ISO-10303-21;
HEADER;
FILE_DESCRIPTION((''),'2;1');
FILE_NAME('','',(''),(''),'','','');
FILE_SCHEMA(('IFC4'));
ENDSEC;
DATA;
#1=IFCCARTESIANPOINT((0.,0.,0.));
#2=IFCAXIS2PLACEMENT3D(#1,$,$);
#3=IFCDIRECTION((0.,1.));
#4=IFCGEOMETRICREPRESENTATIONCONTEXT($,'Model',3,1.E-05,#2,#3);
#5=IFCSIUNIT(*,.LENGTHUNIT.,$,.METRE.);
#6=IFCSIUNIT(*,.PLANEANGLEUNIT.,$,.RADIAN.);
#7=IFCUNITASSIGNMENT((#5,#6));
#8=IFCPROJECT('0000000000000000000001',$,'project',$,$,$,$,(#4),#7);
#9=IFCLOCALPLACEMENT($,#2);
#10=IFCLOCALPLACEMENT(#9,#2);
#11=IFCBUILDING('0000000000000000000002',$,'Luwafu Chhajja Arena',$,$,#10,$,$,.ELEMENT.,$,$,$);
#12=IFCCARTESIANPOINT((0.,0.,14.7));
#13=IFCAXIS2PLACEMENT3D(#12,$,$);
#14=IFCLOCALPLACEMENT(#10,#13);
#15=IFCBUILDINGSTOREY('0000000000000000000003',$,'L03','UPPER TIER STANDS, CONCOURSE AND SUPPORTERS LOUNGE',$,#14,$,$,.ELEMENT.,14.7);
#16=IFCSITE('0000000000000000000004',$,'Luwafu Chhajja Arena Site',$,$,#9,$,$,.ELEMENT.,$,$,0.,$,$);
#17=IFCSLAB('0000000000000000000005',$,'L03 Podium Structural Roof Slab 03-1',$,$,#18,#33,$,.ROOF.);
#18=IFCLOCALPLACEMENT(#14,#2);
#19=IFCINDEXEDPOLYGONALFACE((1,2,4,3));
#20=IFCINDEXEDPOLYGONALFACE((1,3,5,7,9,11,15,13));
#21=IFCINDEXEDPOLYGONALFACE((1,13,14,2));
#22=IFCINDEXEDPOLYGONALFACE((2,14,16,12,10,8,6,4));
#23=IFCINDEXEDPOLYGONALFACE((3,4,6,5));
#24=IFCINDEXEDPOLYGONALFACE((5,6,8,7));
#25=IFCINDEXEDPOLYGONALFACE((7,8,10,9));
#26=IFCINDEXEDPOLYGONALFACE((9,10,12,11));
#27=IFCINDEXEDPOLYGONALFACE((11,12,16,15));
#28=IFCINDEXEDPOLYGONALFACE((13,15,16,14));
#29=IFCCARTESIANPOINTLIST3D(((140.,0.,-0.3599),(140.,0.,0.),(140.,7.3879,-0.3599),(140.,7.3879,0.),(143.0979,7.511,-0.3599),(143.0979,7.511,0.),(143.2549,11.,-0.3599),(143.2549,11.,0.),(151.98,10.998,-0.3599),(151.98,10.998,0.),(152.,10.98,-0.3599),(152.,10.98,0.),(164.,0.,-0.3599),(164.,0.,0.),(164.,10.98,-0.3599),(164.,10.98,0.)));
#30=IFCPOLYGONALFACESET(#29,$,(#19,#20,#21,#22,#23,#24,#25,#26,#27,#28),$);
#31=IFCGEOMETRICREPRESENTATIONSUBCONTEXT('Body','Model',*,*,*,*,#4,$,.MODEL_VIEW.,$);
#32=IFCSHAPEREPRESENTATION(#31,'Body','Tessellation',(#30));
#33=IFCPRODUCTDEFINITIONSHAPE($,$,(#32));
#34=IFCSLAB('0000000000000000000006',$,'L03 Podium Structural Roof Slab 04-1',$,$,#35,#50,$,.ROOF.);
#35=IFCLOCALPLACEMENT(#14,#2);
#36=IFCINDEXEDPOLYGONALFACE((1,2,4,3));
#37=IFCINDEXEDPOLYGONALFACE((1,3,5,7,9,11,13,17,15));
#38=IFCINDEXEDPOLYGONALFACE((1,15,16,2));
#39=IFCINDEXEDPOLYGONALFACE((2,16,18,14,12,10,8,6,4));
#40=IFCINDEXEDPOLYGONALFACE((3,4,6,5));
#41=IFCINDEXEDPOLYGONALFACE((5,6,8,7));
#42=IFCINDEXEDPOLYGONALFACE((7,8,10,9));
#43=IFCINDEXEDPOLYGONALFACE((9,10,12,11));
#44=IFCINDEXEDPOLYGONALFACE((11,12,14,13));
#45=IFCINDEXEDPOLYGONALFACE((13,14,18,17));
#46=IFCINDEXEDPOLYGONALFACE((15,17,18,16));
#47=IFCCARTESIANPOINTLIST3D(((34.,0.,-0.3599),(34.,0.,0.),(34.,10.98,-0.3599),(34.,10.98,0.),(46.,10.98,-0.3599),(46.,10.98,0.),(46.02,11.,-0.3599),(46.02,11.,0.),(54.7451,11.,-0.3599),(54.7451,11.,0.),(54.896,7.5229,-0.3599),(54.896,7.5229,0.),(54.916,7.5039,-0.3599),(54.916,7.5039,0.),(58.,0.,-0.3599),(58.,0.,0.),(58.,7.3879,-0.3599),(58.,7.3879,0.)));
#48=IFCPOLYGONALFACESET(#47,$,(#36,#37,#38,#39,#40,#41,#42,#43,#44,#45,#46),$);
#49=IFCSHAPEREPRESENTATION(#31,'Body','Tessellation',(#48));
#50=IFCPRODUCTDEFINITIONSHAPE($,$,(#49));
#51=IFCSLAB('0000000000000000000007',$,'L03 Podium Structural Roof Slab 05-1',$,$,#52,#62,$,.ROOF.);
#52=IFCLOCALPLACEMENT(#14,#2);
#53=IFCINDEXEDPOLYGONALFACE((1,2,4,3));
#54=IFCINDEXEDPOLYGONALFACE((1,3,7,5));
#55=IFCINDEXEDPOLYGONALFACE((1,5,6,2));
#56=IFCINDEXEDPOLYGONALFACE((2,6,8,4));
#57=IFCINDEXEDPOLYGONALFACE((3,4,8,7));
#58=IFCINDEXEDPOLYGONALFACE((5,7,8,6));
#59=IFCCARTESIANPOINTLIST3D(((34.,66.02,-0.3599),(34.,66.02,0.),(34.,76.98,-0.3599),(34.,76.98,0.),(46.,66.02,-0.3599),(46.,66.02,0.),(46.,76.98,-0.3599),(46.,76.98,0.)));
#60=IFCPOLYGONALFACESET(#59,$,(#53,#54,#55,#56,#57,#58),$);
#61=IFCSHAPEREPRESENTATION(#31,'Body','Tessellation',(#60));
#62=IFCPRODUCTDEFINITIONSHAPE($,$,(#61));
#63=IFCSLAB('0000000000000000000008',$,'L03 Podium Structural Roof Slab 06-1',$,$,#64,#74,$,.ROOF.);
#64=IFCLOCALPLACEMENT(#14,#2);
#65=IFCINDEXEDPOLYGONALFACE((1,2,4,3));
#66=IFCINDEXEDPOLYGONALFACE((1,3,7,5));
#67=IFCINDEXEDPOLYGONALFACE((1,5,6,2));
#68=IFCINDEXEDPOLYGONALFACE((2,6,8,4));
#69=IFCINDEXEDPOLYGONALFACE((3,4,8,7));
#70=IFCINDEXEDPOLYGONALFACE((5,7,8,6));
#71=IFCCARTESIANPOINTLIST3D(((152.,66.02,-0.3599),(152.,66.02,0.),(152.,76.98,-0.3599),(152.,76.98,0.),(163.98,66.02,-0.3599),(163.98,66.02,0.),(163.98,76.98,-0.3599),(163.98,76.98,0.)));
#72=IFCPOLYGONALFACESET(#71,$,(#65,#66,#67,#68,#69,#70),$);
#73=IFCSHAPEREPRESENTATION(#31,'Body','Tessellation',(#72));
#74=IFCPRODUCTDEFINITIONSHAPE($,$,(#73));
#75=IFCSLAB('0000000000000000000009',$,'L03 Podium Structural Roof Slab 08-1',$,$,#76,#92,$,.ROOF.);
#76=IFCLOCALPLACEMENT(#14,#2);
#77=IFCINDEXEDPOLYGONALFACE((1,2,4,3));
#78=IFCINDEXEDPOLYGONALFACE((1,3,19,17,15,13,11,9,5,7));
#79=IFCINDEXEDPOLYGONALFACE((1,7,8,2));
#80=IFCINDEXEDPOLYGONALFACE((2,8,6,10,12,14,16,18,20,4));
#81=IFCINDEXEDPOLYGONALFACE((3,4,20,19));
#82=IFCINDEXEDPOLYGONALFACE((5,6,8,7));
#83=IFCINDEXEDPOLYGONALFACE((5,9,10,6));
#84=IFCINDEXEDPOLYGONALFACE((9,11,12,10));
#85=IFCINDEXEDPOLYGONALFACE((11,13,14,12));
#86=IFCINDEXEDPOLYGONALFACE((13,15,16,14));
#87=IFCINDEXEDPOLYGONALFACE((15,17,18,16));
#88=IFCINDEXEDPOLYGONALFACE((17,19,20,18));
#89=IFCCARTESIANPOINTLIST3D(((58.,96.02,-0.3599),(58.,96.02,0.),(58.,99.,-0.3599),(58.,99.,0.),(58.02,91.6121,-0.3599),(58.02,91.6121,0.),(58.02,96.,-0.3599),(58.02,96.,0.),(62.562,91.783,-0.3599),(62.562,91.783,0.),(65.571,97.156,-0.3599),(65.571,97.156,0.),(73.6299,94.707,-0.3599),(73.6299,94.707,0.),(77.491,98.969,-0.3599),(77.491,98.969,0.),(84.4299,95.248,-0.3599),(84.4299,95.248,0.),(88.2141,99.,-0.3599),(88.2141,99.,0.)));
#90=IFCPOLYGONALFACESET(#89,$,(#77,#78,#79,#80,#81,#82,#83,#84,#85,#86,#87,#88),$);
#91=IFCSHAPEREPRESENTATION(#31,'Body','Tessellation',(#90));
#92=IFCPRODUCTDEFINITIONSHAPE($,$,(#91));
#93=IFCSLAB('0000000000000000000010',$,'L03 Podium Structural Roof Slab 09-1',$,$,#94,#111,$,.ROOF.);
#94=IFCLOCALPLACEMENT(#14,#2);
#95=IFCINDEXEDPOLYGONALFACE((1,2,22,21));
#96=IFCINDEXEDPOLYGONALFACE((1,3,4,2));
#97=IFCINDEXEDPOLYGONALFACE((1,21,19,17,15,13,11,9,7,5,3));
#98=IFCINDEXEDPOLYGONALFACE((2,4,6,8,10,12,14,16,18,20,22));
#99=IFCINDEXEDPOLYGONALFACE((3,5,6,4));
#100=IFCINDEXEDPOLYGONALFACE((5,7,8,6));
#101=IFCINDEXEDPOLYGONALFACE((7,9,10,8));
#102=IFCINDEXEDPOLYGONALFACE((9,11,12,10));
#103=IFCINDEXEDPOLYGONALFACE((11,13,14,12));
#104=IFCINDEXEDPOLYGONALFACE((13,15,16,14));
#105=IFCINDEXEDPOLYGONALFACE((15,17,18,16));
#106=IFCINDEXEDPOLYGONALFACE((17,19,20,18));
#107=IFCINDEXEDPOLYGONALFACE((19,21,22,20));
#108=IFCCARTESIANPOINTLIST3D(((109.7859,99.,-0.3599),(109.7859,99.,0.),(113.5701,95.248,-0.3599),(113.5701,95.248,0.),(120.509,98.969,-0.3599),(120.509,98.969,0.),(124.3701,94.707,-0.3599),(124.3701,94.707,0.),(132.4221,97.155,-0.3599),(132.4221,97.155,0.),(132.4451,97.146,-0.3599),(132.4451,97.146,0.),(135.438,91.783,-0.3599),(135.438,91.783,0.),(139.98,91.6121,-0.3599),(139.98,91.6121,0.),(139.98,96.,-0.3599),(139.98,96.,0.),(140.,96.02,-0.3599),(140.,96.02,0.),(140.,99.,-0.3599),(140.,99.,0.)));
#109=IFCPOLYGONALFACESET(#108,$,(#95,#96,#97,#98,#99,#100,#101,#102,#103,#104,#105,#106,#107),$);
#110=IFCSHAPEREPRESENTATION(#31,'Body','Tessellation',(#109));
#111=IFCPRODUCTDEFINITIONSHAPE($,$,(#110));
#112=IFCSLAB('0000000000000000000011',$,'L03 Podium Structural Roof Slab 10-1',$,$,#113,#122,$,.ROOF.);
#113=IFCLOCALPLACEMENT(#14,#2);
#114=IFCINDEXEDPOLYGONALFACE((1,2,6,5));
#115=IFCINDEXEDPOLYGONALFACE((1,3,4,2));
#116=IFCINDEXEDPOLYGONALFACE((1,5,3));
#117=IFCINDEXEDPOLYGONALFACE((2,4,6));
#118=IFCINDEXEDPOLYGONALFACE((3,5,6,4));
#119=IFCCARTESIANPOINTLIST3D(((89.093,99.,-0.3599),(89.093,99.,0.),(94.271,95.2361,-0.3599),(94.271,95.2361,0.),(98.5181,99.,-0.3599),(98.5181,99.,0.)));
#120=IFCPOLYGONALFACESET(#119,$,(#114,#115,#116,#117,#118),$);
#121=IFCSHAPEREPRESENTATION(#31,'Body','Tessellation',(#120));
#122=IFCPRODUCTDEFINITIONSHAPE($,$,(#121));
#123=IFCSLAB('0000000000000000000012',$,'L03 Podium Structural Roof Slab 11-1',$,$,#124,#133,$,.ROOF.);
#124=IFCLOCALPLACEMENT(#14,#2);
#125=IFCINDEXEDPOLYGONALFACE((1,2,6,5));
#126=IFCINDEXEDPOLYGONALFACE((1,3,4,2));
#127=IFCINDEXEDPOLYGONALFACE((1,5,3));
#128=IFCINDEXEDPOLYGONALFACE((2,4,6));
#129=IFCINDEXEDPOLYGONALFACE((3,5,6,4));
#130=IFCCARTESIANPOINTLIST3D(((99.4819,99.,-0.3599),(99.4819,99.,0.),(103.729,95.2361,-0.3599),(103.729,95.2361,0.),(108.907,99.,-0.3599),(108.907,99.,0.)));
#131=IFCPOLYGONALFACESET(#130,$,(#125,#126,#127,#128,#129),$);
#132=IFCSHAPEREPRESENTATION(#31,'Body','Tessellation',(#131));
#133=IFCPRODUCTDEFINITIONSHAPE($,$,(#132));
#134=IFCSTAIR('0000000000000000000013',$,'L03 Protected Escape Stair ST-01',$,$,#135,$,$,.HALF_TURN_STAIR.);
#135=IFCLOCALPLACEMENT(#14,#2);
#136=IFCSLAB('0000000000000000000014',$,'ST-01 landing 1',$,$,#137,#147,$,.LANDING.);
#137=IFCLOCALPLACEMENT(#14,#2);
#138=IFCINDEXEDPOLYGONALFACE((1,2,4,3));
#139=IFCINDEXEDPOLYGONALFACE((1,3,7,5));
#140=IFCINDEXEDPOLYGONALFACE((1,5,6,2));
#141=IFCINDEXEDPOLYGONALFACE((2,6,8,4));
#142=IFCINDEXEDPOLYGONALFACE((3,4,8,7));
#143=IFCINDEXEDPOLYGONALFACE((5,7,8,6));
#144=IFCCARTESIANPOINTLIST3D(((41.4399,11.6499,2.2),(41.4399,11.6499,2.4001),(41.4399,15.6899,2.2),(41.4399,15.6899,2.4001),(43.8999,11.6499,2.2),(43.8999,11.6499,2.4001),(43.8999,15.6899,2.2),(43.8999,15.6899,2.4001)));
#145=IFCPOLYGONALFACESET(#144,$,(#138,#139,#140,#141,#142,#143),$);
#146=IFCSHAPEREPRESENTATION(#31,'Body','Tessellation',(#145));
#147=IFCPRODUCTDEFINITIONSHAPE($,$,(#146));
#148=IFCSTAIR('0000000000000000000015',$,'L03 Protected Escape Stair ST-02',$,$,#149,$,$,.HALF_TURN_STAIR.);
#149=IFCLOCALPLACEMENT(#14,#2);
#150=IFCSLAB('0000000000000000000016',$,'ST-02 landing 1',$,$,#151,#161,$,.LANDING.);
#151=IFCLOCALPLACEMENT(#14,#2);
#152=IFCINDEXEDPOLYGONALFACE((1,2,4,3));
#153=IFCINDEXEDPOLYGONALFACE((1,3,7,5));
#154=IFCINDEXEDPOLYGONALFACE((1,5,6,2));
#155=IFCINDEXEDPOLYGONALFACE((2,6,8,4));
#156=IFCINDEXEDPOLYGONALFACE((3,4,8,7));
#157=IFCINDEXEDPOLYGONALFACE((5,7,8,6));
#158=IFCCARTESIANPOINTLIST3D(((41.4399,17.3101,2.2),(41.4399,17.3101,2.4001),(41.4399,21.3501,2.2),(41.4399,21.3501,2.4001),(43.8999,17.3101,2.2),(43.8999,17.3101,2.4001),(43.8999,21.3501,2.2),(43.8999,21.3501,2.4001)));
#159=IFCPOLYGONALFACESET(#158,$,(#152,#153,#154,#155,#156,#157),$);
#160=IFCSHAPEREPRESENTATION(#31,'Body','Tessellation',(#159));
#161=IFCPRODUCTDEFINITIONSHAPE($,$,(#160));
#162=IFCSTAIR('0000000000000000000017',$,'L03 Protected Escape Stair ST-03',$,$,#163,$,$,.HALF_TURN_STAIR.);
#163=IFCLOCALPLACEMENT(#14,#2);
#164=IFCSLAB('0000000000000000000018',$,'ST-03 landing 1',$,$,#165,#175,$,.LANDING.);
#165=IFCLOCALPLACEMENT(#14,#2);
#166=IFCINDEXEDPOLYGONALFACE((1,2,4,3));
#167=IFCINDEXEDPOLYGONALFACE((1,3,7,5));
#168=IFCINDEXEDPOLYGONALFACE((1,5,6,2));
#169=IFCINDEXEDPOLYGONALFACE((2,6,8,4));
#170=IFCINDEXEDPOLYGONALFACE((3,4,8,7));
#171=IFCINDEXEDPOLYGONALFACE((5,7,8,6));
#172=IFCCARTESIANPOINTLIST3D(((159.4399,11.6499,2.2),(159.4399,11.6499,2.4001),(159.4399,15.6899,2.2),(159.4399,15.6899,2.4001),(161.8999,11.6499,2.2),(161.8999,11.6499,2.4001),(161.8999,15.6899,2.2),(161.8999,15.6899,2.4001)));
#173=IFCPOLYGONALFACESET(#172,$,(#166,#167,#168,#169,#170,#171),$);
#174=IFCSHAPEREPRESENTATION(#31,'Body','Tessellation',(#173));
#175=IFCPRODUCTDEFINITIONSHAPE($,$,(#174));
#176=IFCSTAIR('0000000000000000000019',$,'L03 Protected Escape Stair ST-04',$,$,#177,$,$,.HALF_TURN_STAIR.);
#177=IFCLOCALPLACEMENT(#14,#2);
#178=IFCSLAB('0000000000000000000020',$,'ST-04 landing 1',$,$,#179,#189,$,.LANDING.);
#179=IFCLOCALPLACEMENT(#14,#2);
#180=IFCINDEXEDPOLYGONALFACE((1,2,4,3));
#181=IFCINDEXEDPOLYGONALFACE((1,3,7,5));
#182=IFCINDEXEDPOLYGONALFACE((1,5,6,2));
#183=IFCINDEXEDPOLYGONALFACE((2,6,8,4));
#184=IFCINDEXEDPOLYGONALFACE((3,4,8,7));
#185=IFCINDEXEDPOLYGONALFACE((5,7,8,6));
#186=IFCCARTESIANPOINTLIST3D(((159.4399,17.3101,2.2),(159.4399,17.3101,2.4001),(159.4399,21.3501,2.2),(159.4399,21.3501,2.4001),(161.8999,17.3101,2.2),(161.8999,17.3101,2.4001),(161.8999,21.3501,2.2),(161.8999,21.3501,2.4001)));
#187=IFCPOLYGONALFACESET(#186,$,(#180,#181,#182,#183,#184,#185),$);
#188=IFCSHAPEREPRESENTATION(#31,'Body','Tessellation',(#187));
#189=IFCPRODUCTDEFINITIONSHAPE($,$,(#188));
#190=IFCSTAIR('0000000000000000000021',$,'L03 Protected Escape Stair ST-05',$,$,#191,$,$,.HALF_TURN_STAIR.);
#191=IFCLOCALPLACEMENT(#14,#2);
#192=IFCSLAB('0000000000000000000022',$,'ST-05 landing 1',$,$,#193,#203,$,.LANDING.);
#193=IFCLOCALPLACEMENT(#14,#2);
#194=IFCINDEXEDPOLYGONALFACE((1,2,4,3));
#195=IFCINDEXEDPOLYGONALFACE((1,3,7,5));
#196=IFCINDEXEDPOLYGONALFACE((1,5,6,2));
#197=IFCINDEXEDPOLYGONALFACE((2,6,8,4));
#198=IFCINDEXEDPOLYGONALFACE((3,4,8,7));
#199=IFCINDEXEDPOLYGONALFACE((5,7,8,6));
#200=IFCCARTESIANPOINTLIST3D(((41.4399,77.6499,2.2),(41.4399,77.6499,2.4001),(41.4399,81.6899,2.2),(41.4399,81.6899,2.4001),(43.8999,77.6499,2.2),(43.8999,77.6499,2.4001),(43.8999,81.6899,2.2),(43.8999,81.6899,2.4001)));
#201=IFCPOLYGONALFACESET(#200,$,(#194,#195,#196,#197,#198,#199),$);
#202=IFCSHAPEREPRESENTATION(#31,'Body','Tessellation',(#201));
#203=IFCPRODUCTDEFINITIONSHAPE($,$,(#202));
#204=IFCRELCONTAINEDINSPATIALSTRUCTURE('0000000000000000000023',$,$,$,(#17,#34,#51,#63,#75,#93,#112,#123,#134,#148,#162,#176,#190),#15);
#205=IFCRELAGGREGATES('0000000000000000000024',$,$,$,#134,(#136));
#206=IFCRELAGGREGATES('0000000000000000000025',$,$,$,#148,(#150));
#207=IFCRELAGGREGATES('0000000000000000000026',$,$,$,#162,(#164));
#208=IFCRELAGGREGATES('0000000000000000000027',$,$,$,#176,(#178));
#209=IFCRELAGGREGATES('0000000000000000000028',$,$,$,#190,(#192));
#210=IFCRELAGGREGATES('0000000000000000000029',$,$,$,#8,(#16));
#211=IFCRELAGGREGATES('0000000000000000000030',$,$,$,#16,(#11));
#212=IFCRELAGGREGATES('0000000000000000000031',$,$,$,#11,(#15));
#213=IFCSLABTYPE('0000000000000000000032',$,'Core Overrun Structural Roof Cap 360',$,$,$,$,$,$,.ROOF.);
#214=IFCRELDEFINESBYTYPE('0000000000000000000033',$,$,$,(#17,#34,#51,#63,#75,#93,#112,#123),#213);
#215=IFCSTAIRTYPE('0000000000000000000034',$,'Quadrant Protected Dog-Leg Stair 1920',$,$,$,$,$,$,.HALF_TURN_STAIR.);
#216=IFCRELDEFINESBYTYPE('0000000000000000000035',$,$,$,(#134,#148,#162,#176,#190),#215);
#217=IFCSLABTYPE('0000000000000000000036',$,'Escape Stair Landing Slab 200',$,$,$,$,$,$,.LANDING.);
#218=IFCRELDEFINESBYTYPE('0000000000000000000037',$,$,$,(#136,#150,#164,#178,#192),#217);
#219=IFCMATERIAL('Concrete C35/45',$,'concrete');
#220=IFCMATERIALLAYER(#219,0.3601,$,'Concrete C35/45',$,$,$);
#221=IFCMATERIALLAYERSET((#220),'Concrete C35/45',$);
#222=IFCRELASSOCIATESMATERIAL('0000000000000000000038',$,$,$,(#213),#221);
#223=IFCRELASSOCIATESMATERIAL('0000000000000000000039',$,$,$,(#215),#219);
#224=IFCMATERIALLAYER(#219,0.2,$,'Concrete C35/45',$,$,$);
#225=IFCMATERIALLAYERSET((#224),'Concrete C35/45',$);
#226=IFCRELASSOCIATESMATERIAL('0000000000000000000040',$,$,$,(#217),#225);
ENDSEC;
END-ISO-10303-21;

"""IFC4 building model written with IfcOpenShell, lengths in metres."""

from ifc_helpers import new_model, si_unit, direction, frame, origin, place, context, subcontext, project, spatial, polyline, outline, extrude, material, layer, layer_set, type_object, element, aggregate, save


model = new_model("IFC4")

# Units and contexts
model_context = context("Model", 3, precision=1e-05, world=origin(), true_north=direction((0.0, 1.0)))
body_context = subcontext(model_context, "Body", "Model", "MODEL_VIEW")
ifc_project = project(units=[si_unit("LENGTHUNIT", "METRE"), si_unit("PLANEANGLEUNIT", "RADIAN")], contexts=[model_context])

# Site, building, storey
site_placement = place(None, origin())
site = spatial("IfcSite", under=ifc_project, at=site_placement, Name="Luwafu Chhajja Arena Site", CompositionType="ELEMENT", RefElevation=0.0)
building_placement = place(site_placement, origin())
building = spatial("IfcBuilding", under=site, at=building_placement, Name="Luwafu Chhajja Arena", CompositionType="ELEMENT")
storey_placement = place(building_placement, frame((0.0, 0.0, 14.7)))
storey = spatial("IfcBuildingStorey", under=building, at=storey_placement, Name="L03", Description="UPPER TIER STANDS, CONCOURSE AND SUPPORTERS LOUNGE", CompositionType="ELEMENT", Elevation=14.7)

# Shared definitions
ifc_material_1 = material(Name="Concrete C35/45", Category="concrete")

# Shared definitions
ifc_layer_1 = layer(ifc_material_1, 0.3601, Name="Concrete C35/45")
ifc_layer_set_1 = layer_set([ifc_layer_1], Name="Concrete C35/45")
slab_type_1 = type_object("IfcSlabType", Name="Core Overrun Structural Roof Cap 360", PredefinedType="ROOF", material=ifc_layer_set_1)

# Slabs
slab_1_placement = place(storey_placement, frame((0.0, 0.0, -0.3599)))
element("IfcSlab", 1, at=slab_1_placement, inside=storey, type_object=slab_type_1, Name="L03 Podium Structural Roof Slab 03-1", PredefinedType="ROOF", context=body_context, shape_type="SweptSolid", body=[
    extrude(outline(polyline([(152.0, 10.98), (164.0, 10.98), (164.0, 0.0), (140.0, 0.0), (140.0, 7.3879), (143.0979, 7.511), (143.2549, 11.0), (151.98, 10.998), (152.0, 10.98)])), origin(), (0.0, 0.0, 1.0), 0.3599),
])
slab_2_placement = place(storey_placement, frame((0.0, 0.0, -0.3599)))
element("IfcSlab", 2, at=slab_2_placement, inside=storey, type_object=slab_type_1, Name="L03 Podium Structural Roof Slab 04-1", PredefinedType="ROOF", context=body_context, shape_type="SweptSolid", body=[
    extrude(outline(polyline([(54.916, 7.5039), (58.0, 7.3879), (58.0, 0.0), (34.0, 0.0), (34.0, 10.98), (46.0, 10.98), (46.02, 11.0), (54.7451, 11.0), (54.896, 7.5229), (54.916, 7.5039)])), origin(), (0.0, 0.0, 1.0), 0.3599),
])
slab_3_placement = place(storey_placement, frame((0.0, 0.0, -0.3599)))
element("IfcSlab", 3, at=slab_3_placement, inside=storey, type_object=slab_type_1, Name="L03 Podium Structural Roof Slab 05-1", PredefinedType="ROOF", context=body_context, shape_type="SweptSolid", body=[
    extrude(outline(polyline([(34.0, 66.02), (34.0, 76.98), (46.0, 76.98), (46.0, 66.02), (34.0, 66.02)])), origin(), (0.0, 0.0, 1.0), 0.3599),
])
slab_4_placement = place(storey_placement, frame((0.0, 0.0, -0.3599)))
element("IfcSlab", 4, at=slab_4_placement, inside=storey, type_object=slab_type_1, Name="L03 Podium Structural Roof Slab 06-1", PredefinedType="ROOF", context=body_context, shape_type="SweptSolid", body=[
    extrude(outline(polyline([(152.0, 66.02), (152.0, 76.98), (163.98, 76.98), (163.98, 66.02), (152.0, 66.02)])), origin(), (0.0, 0.0, 1.0), 0.3599),
])
slab_5_placement = place(storey_placement, frame((0.0, 0.0, -0.3599)))
element("IfcSlab", 5, at=slab_5_placement, inside=storey, type_object=slab_type_1, Name="L03 Podium Structural Roof Slab 08-1", PredefinedType="ROOF", context=body_context, shape_type="SweptSolid", body=[
    extrude(outline(polyline([(62.562, 91.783), (58.02, 91.6121), (58.02, 96.0), (58.0, 96.02), (58.0, 99.0), (88.2141, 99.0), (84.4299, 95.248), (77.491, 98.969), (73.6299, 94.707), (65.571, 97.156), (62.562, 91.783)])), origin(), (0.0, 0.0, 1.0), 0.3599),
])
slab_6_placement = place(storey_placement, frame((0.0, 0.0, -0.3599)))
element("IfcSlab", 6, at=slab_6_placement, inside=storey, type_object=slab_type_1, Name="L03 Podium Structural Roof Slab 09-1", PredefinedType="ROOF", context=body_context, shape_type="SweptSolid", body=[
    extrude(outline(polyline([(132.4221, 97.155), (124.3701, 94.707), (120.509, 98.969), (113.5701, 95.248), (109.7859, 99.0), (140.0, 99.0), (140.0, 96.02), (139.98, 96.0), (139.98, 91.6121), (135.438, 91.783), (132.4451, 97.146), (132.4221, 97.155)])), origin(), (0.0, 0.0, 1.0), 0.3599),
])
slab_7_placement = place(storey_placement, frame((0.0, 0.0, -0.3599)))
element("IfcSlab", 7, at=slab_7_placement, inside=storey, type_object=slab_type_1, Name="L03 Podium Structural Roof Slab 10-1", PredefinedType="ROOF", context=body_context, shape_type="SweptSolid", body=[
    extrude(outline(polyline([(89.093, 99.0), (98.5181, 99.0), (94.271, 95.2361), (89.093, 99.0)])), origin(), (0.0, 0.0, 1.0), 0.3599),
])
slab_8_placement = place(storey_placement, frame((0.0, 0.0, -0.3599)))
element("IfcSlab", 8, at=slab_8_placement, inside=storey, type_object=slab_type_1, Name="L03 Podium Structural Roof Slab 11-1", PredefinedType="ROOF", context=body_context, shape_type="SweptSolid", body=[
    extrude(outline(polyline([(99.4819, 99.0), (108.907, 99.0), (103.729, 95.2361), (99.4819, 99.0)])), origin(), (0.0, 0.0, 1.0), 0.3599),
])

# Stairs, slabs
stair_type = type_object("IfcStairType", Name="Quadrant Protected Dog-Leg Stair 1920", PredefinedType="HALF_TURN_STAIR", material=ifc_material_1)
stair_1_placement = place(storey_placement, origin())
stair_1 = element("IfcStair", 9, at=stair_1_placement, inside=storey, type_object=stair_type, Name="L03 Protected Escape Stair ST-01", PredefinedType="HALF_TURN_STAIR")
ifc_layer_2 = layer(ifc_material_1, 0.2, Name="Concrete C35/45")
ifc_layer_set_2 = layer_set([ifc_layer_2], Name="Concrete C35/45")
slab_type_2 = type_object("IfcSlabType", Name="Escape Stair Landing Slab 200", PredefinedType="LANDING", material=ifc_layer_set_2)
slab_9_placement = place(storey_placement, frame((0.0, 0.0, 2.2)))
slab_9 = element("IfcSlab", 10, at=slab_9_placement, type_object=slab_type_2, Name="ST-01 landing 1", PredefinedType="LANDING", context=body_context, shape_type="SweptSolid", body=[
    extrude(outline(polyline([(41.4399, 11.6499), (43.8999, 11.6499), (43.8999, 15.6899), (41.4399, 15.6899), (41.4399, 11.6499)])), origin(), (0.0, 0.0, 1.0), 0.2002),
])
aggregate(stair_1, [slab_9])
stair_2_placement = place(storey_placement, origin())
stair_2 = element("IfcStair", 11, at=stair_2_placement, inside=storey, type_object=stair_type, Name="L03 Protected Escape Stair ST-02", PredefinedType="HALF_TURN_STAIR")
slab_10_placement = place(storey_placement, frame((0.0, 0.0, 2.2)))
slab_10 = element("IfcSlab", 12, at=slab_10_placement, type_object=slab_type_2, Name="ST-02 landing 1", PredefinedType="LANDING", context=body_context, shape_type="SweptSolid", body=[
    extrude(outline(polyline([(41.4399, 17.3101), (43.8999, 17.3101), (43.8999, 21.3501), (41.4399, 21.3501), (41.4399, 17.3101)])), origin(), (0.0, 0.0, 1.0), 0.2002),
])
aggregate(stair_2, [slab_10])
stair_3_placement = place(storey_placement, origin())
stair_3 = element("IfcStair", 13, at=stair_3_placement, inside=storey, type_object=stair_type, Name="L03 Protected Escape Stair ST-03", PredefinedType="HALF_TURN_STAIR")
slab_11_placement = place(storey_placement, frame((0.0, 0.0, 2.2)))
slab_11 = element("IfcSlab", 14, at=slab_11_placement, type_object=slab_type_2, Name="ST-03 landing 1", PredefinedType="LANDING", context=body_context, shape_type="SweptSolid", body=[
    extrude(outline(polyline([(159.4399, 11.6499), (161.8999, 11.6499), (161.8999, 15.6899), (159.4399, 15.6899), (159.4399, 11.6499)])), origin(), (0.0, 0.0, 1.0), 0.2002),
])
aggregate(stair_3, [slab_11])
stair_4_placement = place(storey_placement, origin())
stair_4 = element("IfcStair", 15, at=stair_4_placement, inside=storey, type_object=stair_type, Name="L03 Protected Escape Stair ST-04", PredefinedType="HALF_TURN_STAIR")
slab_12_placement = place(storey_placement, frame((0.0, 0.0, 2.2)))
slab_12 = element("IfcSlab", 16, at=slab_12_placement, type_object=slab_type_2, Name="ST-04 landing 1", PredefinedType="LANDING", context=body_context, shape_type="SweptSolid", body=[
    extrude(outline(polyline([(159.4399, 17.3101), (161.8999, 17.3101), (161.8999, 21.3501), (159.4399, 21.3501), (159.4399, 17.3101)])), origin(), (0.0, 0.0, 1.0), 0.2002),
])
aggregate(stair_4, [slab_12])
stair_5_placement = place(storey_placement, origin())
stair_5 = element("IfcStair", 17, at=stair_5_placement, inside=storey, type_object=stair_type, Name="L03 Protected Escape Stair ST-05", PredefinedType="HALF_TURN_STAIR")
slab_13_placement = place(storey_placement, frame((0.0, 0.0, 2.2)))
slab_13 = element("IfcSlab", 18, at=slab_13_placement, type_object=slab_type_2, Name="ST-05 landing 1", PredefinedType="LANDING", context=body_context, shape_type="SweptSolid", body=[
    extrude(outline(polyline([(41.4399, 77.6499), (43.8999, 77.6499), (43.8999, 81.6899), (41.4399, 81.6899), (41.4399, 77.6499)])), origin(), (0.0, 0.0, 1.0), 0.2002),
])
aggregate(stair_5, [slab_13])

save(model, "model.ifc")
